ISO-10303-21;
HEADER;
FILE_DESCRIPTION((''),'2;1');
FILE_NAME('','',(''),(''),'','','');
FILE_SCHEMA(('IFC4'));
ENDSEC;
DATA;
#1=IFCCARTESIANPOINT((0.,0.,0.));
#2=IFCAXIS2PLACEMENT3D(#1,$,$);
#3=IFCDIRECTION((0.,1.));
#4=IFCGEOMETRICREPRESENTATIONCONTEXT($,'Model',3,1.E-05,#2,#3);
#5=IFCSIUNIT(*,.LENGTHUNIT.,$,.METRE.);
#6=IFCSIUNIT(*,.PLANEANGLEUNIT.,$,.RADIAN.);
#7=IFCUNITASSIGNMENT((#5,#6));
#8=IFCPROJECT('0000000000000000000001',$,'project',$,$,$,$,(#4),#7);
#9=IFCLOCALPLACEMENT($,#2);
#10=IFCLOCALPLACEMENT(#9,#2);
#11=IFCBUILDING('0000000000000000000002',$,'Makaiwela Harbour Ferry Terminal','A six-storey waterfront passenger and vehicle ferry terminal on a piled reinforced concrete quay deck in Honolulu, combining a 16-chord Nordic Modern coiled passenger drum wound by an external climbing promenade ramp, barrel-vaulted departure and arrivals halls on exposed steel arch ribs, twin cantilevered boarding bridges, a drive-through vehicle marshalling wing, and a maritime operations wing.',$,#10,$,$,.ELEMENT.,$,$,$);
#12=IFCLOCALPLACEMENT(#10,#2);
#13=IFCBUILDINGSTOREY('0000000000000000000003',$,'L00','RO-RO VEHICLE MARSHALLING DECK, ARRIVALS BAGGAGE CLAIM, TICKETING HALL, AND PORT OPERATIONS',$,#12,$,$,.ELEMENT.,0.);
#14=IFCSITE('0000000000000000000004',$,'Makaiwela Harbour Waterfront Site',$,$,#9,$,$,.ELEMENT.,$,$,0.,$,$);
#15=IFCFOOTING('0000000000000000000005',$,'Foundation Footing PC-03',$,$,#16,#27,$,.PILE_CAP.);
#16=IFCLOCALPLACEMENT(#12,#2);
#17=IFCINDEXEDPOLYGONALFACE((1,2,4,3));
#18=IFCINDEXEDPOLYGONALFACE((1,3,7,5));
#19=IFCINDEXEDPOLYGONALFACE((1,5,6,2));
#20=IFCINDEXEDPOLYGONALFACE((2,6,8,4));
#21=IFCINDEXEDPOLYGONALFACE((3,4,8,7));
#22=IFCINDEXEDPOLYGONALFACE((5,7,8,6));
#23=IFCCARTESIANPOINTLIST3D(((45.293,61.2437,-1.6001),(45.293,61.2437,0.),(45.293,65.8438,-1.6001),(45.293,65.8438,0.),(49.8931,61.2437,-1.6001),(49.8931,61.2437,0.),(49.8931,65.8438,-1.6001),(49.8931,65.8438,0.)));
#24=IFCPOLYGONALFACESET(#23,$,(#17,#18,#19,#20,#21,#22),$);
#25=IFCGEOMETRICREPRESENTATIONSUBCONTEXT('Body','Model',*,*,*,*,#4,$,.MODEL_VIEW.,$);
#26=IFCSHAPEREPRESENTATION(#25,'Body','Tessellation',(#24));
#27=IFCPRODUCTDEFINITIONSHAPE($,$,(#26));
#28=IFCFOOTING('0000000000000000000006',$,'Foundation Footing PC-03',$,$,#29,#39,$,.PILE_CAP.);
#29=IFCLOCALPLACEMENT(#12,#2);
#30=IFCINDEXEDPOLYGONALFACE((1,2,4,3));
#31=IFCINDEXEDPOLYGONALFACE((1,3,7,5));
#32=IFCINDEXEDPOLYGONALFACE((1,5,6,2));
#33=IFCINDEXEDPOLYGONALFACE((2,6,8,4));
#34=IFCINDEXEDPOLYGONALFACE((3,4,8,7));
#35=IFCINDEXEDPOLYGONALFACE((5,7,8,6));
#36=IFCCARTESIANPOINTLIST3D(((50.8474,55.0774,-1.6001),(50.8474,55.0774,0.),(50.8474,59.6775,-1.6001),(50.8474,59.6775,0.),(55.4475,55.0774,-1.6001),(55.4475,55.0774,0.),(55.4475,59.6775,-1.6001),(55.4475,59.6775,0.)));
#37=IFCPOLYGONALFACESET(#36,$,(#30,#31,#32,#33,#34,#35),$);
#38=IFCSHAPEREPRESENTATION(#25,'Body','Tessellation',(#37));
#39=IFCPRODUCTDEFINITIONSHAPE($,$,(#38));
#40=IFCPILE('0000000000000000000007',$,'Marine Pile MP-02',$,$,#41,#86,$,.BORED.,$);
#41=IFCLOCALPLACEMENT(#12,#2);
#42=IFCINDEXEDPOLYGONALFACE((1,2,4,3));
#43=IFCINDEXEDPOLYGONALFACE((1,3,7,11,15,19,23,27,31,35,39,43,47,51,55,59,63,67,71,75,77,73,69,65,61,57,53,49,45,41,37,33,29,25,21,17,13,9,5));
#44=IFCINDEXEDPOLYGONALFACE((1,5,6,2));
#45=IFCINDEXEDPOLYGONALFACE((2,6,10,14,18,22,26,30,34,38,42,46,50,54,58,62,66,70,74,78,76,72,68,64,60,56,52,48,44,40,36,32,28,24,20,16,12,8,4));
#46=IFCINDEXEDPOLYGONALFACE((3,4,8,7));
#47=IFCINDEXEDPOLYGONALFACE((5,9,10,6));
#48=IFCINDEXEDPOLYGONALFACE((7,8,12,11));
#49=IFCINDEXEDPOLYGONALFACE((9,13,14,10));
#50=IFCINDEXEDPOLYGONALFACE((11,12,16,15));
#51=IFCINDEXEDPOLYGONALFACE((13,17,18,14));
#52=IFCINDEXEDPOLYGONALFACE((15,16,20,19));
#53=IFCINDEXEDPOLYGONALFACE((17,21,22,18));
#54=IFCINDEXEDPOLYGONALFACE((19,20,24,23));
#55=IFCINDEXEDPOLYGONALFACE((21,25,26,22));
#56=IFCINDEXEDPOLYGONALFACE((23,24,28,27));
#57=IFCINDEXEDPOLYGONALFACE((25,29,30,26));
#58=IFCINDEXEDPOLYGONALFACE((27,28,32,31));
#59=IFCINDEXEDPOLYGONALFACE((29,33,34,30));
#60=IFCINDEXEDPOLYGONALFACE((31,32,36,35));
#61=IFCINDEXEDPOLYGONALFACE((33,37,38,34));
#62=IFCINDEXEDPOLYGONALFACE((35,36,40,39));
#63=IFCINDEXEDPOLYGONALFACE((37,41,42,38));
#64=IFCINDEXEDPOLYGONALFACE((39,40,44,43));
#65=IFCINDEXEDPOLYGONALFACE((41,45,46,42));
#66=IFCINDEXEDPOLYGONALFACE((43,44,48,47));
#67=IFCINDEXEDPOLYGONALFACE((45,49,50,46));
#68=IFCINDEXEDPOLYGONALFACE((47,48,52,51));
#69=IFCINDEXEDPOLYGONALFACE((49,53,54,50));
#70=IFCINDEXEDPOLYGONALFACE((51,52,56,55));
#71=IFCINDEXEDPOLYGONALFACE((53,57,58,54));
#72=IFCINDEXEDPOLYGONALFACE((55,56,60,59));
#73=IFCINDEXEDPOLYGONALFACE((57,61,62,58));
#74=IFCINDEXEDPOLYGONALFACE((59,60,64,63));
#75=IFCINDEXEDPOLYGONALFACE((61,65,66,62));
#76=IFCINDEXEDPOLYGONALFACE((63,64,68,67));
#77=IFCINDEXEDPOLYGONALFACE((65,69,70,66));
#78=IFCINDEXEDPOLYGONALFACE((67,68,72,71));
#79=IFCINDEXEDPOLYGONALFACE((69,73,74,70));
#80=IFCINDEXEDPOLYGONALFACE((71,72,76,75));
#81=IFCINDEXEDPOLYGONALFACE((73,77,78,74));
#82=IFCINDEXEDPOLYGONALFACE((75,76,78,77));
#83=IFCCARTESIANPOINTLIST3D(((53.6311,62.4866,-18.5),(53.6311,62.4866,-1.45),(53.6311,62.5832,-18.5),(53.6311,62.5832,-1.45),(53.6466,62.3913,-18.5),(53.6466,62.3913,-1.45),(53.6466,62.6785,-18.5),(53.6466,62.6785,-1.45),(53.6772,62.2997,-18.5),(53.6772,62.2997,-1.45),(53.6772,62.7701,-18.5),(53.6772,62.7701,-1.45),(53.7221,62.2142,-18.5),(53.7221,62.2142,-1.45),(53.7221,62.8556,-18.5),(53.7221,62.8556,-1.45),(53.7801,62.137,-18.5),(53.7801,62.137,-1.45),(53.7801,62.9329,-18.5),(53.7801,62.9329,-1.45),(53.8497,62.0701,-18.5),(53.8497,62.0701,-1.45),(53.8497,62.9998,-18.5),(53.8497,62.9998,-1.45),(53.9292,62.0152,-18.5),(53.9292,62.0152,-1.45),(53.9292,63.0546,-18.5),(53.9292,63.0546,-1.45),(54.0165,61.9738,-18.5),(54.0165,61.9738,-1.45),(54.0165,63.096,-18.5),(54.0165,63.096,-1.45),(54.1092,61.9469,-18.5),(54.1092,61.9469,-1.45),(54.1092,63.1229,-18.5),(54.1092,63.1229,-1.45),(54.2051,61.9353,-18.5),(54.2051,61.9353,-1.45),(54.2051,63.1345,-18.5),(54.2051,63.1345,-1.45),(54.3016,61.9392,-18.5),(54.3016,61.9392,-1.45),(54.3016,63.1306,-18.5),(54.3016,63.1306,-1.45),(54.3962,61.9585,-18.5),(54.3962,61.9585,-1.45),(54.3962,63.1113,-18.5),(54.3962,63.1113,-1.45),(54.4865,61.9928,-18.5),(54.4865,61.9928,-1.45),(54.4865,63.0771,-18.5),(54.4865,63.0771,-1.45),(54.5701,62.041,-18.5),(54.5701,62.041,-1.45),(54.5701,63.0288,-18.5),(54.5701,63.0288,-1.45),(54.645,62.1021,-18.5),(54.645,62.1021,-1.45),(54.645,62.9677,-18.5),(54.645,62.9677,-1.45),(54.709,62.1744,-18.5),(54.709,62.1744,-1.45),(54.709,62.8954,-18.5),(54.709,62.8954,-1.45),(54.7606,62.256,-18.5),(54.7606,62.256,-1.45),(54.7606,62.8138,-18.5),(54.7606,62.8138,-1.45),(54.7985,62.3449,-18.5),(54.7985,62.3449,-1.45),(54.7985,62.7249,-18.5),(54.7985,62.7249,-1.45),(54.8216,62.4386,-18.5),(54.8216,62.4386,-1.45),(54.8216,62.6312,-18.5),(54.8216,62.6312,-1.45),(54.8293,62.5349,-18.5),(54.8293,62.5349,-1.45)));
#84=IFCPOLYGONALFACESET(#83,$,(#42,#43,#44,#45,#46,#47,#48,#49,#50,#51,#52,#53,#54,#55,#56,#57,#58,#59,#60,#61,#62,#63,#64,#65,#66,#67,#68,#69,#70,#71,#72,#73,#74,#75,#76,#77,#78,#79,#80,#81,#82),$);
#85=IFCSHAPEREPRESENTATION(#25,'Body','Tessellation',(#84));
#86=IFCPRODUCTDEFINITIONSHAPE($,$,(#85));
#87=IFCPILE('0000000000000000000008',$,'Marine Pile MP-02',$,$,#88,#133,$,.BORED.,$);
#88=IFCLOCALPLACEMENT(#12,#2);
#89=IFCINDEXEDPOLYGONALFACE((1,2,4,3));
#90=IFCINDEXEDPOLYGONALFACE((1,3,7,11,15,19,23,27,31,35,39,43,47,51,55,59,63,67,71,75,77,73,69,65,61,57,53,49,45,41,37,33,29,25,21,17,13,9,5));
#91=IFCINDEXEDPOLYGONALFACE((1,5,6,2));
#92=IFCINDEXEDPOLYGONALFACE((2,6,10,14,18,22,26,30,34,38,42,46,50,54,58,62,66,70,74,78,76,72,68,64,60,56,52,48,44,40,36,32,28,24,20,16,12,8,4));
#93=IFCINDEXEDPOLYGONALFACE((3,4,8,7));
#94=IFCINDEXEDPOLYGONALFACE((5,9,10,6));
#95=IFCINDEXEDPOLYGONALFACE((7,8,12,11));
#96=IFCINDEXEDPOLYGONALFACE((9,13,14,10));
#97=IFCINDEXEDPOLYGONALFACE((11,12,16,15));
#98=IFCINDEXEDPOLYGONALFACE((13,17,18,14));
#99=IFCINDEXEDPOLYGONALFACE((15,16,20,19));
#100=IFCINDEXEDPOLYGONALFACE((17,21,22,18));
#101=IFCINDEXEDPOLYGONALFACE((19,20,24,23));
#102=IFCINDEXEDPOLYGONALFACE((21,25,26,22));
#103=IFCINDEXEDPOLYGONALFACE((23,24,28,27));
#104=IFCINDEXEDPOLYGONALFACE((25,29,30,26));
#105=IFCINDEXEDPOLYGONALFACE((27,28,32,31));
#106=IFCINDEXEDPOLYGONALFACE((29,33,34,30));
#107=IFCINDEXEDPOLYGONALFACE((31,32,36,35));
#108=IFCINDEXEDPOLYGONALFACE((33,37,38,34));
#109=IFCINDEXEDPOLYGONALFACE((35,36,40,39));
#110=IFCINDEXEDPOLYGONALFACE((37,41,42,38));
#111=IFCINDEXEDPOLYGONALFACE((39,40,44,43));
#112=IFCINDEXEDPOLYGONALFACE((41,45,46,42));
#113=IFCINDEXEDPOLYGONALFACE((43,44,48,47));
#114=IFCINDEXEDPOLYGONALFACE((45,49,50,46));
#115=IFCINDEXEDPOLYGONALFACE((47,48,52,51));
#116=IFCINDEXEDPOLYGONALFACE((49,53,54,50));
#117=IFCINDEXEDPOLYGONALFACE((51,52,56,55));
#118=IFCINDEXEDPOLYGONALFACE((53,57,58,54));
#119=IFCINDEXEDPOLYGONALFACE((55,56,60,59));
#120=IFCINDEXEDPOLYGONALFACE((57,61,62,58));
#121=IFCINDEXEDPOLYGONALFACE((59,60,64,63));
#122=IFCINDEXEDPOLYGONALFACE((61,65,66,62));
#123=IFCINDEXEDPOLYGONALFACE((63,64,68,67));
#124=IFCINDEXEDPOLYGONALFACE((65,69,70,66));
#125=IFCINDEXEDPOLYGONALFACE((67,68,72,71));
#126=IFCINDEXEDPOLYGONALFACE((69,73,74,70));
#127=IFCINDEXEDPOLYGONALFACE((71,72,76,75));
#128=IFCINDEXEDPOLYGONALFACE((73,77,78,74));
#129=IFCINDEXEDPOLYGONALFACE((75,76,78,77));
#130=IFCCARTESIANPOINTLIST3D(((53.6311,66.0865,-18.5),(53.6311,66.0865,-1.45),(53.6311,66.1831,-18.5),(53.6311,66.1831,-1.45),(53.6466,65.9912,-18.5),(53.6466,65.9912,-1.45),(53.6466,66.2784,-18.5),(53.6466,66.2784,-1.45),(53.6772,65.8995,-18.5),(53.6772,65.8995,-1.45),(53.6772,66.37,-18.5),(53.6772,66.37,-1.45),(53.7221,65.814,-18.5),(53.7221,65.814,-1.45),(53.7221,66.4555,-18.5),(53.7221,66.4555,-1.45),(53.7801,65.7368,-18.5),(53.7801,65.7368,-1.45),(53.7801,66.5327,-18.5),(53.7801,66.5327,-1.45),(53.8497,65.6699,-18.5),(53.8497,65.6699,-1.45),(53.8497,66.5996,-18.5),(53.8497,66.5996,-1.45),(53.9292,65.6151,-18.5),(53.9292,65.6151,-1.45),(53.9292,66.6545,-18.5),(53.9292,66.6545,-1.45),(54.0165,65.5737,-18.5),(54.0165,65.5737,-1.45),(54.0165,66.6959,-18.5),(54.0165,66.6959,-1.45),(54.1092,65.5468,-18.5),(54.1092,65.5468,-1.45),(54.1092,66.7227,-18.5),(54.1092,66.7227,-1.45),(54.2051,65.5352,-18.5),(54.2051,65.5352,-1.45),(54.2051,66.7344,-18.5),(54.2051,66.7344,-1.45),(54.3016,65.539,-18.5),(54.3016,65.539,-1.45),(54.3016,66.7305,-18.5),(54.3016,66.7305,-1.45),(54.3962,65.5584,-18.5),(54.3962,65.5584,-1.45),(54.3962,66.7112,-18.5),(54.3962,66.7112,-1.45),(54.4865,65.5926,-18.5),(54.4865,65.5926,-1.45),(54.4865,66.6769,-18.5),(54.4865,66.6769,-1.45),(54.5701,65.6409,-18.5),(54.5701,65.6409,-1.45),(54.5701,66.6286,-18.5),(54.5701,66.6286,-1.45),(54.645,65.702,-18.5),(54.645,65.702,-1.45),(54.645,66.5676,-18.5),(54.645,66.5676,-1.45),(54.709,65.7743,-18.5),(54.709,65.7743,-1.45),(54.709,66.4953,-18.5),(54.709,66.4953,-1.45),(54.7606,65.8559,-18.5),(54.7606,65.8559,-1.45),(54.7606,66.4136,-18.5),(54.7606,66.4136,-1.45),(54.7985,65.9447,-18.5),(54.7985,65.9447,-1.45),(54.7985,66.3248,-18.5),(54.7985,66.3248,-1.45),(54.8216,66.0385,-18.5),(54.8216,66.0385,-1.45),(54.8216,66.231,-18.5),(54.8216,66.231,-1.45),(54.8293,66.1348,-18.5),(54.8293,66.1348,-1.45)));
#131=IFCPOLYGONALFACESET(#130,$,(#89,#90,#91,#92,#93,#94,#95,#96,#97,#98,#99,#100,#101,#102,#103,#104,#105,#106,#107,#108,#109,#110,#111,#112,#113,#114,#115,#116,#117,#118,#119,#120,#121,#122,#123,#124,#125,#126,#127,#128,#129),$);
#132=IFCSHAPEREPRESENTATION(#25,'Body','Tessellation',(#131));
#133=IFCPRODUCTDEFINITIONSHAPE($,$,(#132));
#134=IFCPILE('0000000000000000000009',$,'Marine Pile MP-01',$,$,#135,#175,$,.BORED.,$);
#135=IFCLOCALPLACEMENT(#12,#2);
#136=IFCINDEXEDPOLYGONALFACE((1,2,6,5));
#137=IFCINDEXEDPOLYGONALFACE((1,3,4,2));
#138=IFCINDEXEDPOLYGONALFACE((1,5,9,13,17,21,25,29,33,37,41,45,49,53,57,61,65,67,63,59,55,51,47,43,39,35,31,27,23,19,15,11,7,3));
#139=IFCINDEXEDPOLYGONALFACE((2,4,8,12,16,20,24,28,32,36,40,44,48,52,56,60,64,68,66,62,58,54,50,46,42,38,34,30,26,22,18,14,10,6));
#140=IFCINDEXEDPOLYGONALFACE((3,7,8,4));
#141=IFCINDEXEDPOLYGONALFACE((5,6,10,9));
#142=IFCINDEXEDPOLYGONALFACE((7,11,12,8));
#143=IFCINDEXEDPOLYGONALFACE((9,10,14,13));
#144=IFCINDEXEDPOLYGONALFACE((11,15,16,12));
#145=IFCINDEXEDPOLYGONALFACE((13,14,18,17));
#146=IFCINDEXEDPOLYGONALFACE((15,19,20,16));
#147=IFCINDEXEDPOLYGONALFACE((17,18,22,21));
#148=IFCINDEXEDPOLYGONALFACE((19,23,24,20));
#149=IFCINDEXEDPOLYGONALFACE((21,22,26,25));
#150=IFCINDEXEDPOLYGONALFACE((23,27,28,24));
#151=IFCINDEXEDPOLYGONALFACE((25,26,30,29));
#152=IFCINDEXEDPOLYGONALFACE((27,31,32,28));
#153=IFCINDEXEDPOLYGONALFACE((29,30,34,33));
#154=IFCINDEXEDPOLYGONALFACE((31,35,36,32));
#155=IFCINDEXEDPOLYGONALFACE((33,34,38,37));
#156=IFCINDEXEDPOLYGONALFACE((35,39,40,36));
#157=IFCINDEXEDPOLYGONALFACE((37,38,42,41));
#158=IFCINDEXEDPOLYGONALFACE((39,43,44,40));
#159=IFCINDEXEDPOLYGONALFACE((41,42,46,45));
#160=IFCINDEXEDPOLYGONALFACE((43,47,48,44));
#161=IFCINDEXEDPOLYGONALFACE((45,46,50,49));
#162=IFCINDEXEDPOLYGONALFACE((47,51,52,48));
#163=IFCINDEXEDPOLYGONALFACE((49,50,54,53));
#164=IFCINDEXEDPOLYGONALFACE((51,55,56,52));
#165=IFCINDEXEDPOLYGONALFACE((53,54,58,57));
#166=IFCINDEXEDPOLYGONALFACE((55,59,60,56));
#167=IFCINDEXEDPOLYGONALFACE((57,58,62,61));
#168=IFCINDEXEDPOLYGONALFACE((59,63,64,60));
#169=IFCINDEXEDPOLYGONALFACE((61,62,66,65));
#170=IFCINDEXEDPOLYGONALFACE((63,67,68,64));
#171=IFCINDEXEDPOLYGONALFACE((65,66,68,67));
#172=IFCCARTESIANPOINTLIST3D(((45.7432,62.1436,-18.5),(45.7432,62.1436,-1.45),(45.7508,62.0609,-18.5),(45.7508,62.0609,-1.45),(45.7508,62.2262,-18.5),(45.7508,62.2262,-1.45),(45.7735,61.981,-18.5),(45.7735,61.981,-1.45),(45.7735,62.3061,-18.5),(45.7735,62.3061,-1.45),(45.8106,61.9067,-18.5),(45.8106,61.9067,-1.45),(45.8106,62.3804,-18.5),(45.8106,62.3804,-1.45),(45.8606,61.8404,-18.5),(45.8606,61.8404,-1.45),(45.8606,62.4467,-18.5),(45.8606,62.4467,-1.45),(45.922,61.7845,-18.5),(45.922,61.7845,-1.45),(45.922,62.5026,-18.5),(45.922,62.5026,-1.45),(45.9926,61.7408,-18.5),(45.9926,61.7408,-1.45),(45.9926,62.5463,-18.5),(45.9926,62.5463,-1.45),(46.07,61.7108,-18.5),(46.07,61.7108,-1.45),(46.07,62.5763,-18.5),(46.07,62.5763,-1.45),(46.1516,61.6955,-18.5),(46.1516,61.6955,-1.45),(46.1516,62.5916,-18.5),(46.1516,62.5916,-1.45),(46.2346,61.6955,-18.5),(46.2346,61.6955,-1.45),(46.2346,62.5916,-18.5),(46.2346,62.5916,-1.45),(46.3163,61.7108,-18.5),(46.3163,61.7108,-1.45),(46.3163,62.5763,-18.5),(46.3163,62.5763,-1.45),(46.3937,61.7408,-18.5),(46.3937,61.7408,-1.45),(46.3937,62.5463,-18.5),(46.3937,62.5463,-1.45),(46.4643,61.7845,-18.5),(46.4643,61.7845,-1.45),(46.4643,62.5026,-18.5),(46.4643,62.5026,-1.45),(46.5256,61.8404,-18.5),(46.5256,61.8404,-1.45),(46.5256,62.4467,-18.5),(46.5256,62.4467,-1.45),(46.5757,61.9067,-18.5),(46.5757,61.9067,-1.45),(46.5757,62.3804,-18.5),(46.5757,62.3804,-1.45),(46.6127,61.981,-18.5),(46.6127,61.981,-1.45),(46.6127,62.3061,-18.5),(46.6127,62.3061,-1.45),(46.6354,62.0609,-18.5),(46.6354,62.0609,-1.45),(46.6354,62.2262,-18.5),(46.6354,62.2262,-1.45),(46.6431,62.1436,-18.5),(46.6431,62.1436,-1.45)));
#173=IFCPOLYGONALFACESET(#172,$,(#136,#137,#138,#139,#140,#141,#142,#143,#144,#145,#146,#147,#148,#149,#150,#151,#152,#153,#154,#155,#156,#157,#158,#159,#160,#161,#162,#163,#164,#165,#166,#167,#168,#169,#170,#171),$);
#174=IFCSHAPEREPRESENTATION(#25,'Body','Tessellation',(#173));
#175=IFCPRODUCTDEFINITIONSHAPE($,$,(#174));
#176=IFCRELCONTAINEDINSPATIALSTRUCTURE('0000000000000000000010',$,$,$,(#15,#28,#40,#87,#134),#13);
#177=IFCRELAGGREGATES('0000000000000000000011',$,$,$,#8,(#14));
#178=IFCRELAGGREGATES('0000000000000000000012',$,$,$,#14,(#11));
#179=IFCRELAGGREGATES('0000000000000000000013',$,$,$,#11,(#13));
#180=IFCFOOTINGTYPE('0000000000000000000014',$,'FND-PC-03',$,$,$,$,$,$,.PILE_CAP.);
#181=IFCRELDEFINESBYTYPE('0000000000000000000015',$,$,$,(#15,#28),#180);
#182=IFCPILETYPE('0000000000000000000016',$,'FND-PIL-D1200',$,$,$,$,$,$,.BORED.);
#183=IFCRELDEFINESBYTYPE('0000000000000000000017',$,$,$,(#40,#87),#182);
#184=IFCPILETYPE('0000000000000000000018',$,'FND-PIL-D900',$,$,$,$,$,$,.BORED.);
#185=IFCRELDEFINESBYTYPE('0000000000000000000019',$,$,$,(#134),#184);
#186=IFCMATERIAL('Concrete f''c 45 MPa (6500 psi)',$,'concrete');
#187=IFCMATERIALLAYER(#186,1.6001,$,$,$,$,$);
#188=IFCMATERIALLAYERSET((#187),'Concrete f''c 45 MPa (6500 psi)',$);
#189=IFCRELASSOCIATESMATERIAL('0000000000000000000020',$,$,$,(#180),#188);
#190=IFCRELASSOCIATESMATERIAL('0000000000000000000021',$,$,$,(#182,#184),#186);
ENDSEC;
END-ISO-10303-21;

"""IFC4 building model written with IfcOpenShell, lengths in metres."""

from ifc_helpers import new_model, si_unit, direction, frame, origin, origin_2d, place, context, subcontext, project, spatial, rectangle, circle, extrude, material, layer, layer_set, material_profile, profile_set, type_object, element, save


model = new_model("IFC4")

# Units and contexts
model_context = context("Model", 3, precision=1e-05, world=origin(), true_north=direction((0.0, 1.0)))
body_context = subcontext(model_context, "Body", "Model", "MODEL_VIEW")
ifc_project = project(units=[si_unit("LENGTHUNIT", "METRE"), si_unit("PLANEANGLEUNIT", "RADIAN")], contexts=[model_context])

# Site, building, storey
site_placement = place(None, origin())
site = spatial("IfcSite", under=ifc_project, at=site_placement, Name="Makaiwela Harbour Waterfront Site", CompositionType="ELEMENT", RefElevation=0.0)
building_placement = place(site_placement, origin())
building = spatial("IfcBuilding", under=site, at=building_placement, Name="Makaiwela Harbour Ferry Terminal", Description="A six-storey waterfront passenger and vehicle ferry terminal on a piled reinforced concrete quay deck in Honolulu, combining a 16-chord Nordic Modern coiled passenger drum wound by an external climbing promenade ramp, barrel-vaulted departure and arrivals halls on exposed steel arch ribs, twin cantilevered boarding bridges, a drive-through vehicle marshalling wing, and a maritime operations wing.", CompositionType="ELEMENT")
storey_placement = place(building_placement, origin())
storey = spatial("IfcBuildingStorey", under=building, at=storey_placement, Name="L00", Description="RO-RO VEHICLE MARSHALLING DECK, ARRIVALS BAGGAGE CLAIM, TICKETING HALL, AND PORT OPERATIONS", CompositionType="ELEMENT", Elevation=0.0)

# Footings
ifc_material_1 = material(Name="Concrete f'c 45 MPa (6500 psi)", Category="concrete")
ifc_layer_1 = layer(ifc_material_1, 1.6001)
ifc_layer_set_1 = layer_set([ifc_layer_1], Name="Concrete f'c 45 MPa (6500 psi)")
footing_type = type_object("IfcFootingType", Name="FND-PC-03", PredefinedType="PILE_CAP", material=ifc_layer_set_1)
for number, where, z_axis, x_axis, name in (
    (1, (47.593, 63.5437, -1.6001), (0.0, 0.0, 1.0), (1.0, 0.0, 0.0), "Foundation Footing PC-03"),
    (2, (53.1475, 57.3774, -1.6001), (0.0, 0.0, 1.0), (1.0, 0.0, 0.0), "Foundation Footing PC-03"),
):
    element("IfcFooting", number, at=place(storey_placement, frame(where, z_axis=z_axis, x_axis=x_axis)), inside=storey, type_object=footing_type, Name=name, PredefinedType="PILE_CAP", context=body_context, shape_type="SweptSolid", body=[
        extrude(rectangle(XDim=4.6001, YDim=4.6001, at=origin_2d()), origin(), (0.0, 0.0, 1.0), 1.6001),
    ])

# Piles
ifc_material_profile_1 = material_profile(ifc_material_1, circle(Radius=0.6001, at=origin_2d()), Name="PILE-D1200")
ifc_profile_set_1 = profile_set([ifc_material_profile_1], Name="Concrete f'c 45 MPa (6500 psi)")
pile_type_1 = type_object("IfcPileType", Name="FND-PIL-D1200", PredefinedType="BORED", material=ifc_profile_set_1)
for number, where, z_axis, x_axis, name in (
    (3, (54.2292, 62.5349, -1.45), (0.0, 0.0, -1.0), (1.0, 0.0, 0.0), "Marine Pile MP-02"),
    (4, (54.2292, 66.1348, -1.45), (0.0, 0.0, -1.0), (1.0, 0.0, 0.0), "Marine Pile MP-02"),
):
    element("IfcPile", number, at=place(storey_placement, frame(where, z_axis=z_axis, x_axis=x_axis)), inside=storey, type_object=pile_type_1, Name=name, PredefinedType="BORED", context=body_context, shape_type="SweptSolid", body=[
        extrude(circle(Radius=0.6001, at=origin_2d()), origin(), (0.0, 0.0, 1.0), 17.05),
    ])
ifc_material_profile_2 = material_profile(ifc_material_1, circle(Radius=0.45, at=origin_2d()), Name="PILE-D900")
ifc_profile_set_2 = profile_set([ifc_material_profile_2], Name="Concrete f'c 45 MPa (6500 psi)")
pile_type_2 = type_object("IfcPileType", Name="FND-PIL-D900", PredefinedType="BORED", material=ifc_profile_set_2)
for number, where, z_axis, x_axis, name in (
    (5, (46.1931, 62.1436, -1.45), (0.0, 0.0, -1.0), (1.0, 0.0, 0.0), "Marine Pile MP-01"),
):
    element("IfcPile", number, at=place(storey_placement, frame(where, z_axis=z_axis, x_axis=x_axis)), inside=storey, type_object=pile_type_2, Name=name, PredefinedType="BORED", context=body_context, shape_type="SweptSolid", body=[
        extrude(circle(Radius=0.45, at=origin_2d()), origin(), (0.0, 0.0, 1.0), 17.05),
    ])

save(model, "model.ifc")
